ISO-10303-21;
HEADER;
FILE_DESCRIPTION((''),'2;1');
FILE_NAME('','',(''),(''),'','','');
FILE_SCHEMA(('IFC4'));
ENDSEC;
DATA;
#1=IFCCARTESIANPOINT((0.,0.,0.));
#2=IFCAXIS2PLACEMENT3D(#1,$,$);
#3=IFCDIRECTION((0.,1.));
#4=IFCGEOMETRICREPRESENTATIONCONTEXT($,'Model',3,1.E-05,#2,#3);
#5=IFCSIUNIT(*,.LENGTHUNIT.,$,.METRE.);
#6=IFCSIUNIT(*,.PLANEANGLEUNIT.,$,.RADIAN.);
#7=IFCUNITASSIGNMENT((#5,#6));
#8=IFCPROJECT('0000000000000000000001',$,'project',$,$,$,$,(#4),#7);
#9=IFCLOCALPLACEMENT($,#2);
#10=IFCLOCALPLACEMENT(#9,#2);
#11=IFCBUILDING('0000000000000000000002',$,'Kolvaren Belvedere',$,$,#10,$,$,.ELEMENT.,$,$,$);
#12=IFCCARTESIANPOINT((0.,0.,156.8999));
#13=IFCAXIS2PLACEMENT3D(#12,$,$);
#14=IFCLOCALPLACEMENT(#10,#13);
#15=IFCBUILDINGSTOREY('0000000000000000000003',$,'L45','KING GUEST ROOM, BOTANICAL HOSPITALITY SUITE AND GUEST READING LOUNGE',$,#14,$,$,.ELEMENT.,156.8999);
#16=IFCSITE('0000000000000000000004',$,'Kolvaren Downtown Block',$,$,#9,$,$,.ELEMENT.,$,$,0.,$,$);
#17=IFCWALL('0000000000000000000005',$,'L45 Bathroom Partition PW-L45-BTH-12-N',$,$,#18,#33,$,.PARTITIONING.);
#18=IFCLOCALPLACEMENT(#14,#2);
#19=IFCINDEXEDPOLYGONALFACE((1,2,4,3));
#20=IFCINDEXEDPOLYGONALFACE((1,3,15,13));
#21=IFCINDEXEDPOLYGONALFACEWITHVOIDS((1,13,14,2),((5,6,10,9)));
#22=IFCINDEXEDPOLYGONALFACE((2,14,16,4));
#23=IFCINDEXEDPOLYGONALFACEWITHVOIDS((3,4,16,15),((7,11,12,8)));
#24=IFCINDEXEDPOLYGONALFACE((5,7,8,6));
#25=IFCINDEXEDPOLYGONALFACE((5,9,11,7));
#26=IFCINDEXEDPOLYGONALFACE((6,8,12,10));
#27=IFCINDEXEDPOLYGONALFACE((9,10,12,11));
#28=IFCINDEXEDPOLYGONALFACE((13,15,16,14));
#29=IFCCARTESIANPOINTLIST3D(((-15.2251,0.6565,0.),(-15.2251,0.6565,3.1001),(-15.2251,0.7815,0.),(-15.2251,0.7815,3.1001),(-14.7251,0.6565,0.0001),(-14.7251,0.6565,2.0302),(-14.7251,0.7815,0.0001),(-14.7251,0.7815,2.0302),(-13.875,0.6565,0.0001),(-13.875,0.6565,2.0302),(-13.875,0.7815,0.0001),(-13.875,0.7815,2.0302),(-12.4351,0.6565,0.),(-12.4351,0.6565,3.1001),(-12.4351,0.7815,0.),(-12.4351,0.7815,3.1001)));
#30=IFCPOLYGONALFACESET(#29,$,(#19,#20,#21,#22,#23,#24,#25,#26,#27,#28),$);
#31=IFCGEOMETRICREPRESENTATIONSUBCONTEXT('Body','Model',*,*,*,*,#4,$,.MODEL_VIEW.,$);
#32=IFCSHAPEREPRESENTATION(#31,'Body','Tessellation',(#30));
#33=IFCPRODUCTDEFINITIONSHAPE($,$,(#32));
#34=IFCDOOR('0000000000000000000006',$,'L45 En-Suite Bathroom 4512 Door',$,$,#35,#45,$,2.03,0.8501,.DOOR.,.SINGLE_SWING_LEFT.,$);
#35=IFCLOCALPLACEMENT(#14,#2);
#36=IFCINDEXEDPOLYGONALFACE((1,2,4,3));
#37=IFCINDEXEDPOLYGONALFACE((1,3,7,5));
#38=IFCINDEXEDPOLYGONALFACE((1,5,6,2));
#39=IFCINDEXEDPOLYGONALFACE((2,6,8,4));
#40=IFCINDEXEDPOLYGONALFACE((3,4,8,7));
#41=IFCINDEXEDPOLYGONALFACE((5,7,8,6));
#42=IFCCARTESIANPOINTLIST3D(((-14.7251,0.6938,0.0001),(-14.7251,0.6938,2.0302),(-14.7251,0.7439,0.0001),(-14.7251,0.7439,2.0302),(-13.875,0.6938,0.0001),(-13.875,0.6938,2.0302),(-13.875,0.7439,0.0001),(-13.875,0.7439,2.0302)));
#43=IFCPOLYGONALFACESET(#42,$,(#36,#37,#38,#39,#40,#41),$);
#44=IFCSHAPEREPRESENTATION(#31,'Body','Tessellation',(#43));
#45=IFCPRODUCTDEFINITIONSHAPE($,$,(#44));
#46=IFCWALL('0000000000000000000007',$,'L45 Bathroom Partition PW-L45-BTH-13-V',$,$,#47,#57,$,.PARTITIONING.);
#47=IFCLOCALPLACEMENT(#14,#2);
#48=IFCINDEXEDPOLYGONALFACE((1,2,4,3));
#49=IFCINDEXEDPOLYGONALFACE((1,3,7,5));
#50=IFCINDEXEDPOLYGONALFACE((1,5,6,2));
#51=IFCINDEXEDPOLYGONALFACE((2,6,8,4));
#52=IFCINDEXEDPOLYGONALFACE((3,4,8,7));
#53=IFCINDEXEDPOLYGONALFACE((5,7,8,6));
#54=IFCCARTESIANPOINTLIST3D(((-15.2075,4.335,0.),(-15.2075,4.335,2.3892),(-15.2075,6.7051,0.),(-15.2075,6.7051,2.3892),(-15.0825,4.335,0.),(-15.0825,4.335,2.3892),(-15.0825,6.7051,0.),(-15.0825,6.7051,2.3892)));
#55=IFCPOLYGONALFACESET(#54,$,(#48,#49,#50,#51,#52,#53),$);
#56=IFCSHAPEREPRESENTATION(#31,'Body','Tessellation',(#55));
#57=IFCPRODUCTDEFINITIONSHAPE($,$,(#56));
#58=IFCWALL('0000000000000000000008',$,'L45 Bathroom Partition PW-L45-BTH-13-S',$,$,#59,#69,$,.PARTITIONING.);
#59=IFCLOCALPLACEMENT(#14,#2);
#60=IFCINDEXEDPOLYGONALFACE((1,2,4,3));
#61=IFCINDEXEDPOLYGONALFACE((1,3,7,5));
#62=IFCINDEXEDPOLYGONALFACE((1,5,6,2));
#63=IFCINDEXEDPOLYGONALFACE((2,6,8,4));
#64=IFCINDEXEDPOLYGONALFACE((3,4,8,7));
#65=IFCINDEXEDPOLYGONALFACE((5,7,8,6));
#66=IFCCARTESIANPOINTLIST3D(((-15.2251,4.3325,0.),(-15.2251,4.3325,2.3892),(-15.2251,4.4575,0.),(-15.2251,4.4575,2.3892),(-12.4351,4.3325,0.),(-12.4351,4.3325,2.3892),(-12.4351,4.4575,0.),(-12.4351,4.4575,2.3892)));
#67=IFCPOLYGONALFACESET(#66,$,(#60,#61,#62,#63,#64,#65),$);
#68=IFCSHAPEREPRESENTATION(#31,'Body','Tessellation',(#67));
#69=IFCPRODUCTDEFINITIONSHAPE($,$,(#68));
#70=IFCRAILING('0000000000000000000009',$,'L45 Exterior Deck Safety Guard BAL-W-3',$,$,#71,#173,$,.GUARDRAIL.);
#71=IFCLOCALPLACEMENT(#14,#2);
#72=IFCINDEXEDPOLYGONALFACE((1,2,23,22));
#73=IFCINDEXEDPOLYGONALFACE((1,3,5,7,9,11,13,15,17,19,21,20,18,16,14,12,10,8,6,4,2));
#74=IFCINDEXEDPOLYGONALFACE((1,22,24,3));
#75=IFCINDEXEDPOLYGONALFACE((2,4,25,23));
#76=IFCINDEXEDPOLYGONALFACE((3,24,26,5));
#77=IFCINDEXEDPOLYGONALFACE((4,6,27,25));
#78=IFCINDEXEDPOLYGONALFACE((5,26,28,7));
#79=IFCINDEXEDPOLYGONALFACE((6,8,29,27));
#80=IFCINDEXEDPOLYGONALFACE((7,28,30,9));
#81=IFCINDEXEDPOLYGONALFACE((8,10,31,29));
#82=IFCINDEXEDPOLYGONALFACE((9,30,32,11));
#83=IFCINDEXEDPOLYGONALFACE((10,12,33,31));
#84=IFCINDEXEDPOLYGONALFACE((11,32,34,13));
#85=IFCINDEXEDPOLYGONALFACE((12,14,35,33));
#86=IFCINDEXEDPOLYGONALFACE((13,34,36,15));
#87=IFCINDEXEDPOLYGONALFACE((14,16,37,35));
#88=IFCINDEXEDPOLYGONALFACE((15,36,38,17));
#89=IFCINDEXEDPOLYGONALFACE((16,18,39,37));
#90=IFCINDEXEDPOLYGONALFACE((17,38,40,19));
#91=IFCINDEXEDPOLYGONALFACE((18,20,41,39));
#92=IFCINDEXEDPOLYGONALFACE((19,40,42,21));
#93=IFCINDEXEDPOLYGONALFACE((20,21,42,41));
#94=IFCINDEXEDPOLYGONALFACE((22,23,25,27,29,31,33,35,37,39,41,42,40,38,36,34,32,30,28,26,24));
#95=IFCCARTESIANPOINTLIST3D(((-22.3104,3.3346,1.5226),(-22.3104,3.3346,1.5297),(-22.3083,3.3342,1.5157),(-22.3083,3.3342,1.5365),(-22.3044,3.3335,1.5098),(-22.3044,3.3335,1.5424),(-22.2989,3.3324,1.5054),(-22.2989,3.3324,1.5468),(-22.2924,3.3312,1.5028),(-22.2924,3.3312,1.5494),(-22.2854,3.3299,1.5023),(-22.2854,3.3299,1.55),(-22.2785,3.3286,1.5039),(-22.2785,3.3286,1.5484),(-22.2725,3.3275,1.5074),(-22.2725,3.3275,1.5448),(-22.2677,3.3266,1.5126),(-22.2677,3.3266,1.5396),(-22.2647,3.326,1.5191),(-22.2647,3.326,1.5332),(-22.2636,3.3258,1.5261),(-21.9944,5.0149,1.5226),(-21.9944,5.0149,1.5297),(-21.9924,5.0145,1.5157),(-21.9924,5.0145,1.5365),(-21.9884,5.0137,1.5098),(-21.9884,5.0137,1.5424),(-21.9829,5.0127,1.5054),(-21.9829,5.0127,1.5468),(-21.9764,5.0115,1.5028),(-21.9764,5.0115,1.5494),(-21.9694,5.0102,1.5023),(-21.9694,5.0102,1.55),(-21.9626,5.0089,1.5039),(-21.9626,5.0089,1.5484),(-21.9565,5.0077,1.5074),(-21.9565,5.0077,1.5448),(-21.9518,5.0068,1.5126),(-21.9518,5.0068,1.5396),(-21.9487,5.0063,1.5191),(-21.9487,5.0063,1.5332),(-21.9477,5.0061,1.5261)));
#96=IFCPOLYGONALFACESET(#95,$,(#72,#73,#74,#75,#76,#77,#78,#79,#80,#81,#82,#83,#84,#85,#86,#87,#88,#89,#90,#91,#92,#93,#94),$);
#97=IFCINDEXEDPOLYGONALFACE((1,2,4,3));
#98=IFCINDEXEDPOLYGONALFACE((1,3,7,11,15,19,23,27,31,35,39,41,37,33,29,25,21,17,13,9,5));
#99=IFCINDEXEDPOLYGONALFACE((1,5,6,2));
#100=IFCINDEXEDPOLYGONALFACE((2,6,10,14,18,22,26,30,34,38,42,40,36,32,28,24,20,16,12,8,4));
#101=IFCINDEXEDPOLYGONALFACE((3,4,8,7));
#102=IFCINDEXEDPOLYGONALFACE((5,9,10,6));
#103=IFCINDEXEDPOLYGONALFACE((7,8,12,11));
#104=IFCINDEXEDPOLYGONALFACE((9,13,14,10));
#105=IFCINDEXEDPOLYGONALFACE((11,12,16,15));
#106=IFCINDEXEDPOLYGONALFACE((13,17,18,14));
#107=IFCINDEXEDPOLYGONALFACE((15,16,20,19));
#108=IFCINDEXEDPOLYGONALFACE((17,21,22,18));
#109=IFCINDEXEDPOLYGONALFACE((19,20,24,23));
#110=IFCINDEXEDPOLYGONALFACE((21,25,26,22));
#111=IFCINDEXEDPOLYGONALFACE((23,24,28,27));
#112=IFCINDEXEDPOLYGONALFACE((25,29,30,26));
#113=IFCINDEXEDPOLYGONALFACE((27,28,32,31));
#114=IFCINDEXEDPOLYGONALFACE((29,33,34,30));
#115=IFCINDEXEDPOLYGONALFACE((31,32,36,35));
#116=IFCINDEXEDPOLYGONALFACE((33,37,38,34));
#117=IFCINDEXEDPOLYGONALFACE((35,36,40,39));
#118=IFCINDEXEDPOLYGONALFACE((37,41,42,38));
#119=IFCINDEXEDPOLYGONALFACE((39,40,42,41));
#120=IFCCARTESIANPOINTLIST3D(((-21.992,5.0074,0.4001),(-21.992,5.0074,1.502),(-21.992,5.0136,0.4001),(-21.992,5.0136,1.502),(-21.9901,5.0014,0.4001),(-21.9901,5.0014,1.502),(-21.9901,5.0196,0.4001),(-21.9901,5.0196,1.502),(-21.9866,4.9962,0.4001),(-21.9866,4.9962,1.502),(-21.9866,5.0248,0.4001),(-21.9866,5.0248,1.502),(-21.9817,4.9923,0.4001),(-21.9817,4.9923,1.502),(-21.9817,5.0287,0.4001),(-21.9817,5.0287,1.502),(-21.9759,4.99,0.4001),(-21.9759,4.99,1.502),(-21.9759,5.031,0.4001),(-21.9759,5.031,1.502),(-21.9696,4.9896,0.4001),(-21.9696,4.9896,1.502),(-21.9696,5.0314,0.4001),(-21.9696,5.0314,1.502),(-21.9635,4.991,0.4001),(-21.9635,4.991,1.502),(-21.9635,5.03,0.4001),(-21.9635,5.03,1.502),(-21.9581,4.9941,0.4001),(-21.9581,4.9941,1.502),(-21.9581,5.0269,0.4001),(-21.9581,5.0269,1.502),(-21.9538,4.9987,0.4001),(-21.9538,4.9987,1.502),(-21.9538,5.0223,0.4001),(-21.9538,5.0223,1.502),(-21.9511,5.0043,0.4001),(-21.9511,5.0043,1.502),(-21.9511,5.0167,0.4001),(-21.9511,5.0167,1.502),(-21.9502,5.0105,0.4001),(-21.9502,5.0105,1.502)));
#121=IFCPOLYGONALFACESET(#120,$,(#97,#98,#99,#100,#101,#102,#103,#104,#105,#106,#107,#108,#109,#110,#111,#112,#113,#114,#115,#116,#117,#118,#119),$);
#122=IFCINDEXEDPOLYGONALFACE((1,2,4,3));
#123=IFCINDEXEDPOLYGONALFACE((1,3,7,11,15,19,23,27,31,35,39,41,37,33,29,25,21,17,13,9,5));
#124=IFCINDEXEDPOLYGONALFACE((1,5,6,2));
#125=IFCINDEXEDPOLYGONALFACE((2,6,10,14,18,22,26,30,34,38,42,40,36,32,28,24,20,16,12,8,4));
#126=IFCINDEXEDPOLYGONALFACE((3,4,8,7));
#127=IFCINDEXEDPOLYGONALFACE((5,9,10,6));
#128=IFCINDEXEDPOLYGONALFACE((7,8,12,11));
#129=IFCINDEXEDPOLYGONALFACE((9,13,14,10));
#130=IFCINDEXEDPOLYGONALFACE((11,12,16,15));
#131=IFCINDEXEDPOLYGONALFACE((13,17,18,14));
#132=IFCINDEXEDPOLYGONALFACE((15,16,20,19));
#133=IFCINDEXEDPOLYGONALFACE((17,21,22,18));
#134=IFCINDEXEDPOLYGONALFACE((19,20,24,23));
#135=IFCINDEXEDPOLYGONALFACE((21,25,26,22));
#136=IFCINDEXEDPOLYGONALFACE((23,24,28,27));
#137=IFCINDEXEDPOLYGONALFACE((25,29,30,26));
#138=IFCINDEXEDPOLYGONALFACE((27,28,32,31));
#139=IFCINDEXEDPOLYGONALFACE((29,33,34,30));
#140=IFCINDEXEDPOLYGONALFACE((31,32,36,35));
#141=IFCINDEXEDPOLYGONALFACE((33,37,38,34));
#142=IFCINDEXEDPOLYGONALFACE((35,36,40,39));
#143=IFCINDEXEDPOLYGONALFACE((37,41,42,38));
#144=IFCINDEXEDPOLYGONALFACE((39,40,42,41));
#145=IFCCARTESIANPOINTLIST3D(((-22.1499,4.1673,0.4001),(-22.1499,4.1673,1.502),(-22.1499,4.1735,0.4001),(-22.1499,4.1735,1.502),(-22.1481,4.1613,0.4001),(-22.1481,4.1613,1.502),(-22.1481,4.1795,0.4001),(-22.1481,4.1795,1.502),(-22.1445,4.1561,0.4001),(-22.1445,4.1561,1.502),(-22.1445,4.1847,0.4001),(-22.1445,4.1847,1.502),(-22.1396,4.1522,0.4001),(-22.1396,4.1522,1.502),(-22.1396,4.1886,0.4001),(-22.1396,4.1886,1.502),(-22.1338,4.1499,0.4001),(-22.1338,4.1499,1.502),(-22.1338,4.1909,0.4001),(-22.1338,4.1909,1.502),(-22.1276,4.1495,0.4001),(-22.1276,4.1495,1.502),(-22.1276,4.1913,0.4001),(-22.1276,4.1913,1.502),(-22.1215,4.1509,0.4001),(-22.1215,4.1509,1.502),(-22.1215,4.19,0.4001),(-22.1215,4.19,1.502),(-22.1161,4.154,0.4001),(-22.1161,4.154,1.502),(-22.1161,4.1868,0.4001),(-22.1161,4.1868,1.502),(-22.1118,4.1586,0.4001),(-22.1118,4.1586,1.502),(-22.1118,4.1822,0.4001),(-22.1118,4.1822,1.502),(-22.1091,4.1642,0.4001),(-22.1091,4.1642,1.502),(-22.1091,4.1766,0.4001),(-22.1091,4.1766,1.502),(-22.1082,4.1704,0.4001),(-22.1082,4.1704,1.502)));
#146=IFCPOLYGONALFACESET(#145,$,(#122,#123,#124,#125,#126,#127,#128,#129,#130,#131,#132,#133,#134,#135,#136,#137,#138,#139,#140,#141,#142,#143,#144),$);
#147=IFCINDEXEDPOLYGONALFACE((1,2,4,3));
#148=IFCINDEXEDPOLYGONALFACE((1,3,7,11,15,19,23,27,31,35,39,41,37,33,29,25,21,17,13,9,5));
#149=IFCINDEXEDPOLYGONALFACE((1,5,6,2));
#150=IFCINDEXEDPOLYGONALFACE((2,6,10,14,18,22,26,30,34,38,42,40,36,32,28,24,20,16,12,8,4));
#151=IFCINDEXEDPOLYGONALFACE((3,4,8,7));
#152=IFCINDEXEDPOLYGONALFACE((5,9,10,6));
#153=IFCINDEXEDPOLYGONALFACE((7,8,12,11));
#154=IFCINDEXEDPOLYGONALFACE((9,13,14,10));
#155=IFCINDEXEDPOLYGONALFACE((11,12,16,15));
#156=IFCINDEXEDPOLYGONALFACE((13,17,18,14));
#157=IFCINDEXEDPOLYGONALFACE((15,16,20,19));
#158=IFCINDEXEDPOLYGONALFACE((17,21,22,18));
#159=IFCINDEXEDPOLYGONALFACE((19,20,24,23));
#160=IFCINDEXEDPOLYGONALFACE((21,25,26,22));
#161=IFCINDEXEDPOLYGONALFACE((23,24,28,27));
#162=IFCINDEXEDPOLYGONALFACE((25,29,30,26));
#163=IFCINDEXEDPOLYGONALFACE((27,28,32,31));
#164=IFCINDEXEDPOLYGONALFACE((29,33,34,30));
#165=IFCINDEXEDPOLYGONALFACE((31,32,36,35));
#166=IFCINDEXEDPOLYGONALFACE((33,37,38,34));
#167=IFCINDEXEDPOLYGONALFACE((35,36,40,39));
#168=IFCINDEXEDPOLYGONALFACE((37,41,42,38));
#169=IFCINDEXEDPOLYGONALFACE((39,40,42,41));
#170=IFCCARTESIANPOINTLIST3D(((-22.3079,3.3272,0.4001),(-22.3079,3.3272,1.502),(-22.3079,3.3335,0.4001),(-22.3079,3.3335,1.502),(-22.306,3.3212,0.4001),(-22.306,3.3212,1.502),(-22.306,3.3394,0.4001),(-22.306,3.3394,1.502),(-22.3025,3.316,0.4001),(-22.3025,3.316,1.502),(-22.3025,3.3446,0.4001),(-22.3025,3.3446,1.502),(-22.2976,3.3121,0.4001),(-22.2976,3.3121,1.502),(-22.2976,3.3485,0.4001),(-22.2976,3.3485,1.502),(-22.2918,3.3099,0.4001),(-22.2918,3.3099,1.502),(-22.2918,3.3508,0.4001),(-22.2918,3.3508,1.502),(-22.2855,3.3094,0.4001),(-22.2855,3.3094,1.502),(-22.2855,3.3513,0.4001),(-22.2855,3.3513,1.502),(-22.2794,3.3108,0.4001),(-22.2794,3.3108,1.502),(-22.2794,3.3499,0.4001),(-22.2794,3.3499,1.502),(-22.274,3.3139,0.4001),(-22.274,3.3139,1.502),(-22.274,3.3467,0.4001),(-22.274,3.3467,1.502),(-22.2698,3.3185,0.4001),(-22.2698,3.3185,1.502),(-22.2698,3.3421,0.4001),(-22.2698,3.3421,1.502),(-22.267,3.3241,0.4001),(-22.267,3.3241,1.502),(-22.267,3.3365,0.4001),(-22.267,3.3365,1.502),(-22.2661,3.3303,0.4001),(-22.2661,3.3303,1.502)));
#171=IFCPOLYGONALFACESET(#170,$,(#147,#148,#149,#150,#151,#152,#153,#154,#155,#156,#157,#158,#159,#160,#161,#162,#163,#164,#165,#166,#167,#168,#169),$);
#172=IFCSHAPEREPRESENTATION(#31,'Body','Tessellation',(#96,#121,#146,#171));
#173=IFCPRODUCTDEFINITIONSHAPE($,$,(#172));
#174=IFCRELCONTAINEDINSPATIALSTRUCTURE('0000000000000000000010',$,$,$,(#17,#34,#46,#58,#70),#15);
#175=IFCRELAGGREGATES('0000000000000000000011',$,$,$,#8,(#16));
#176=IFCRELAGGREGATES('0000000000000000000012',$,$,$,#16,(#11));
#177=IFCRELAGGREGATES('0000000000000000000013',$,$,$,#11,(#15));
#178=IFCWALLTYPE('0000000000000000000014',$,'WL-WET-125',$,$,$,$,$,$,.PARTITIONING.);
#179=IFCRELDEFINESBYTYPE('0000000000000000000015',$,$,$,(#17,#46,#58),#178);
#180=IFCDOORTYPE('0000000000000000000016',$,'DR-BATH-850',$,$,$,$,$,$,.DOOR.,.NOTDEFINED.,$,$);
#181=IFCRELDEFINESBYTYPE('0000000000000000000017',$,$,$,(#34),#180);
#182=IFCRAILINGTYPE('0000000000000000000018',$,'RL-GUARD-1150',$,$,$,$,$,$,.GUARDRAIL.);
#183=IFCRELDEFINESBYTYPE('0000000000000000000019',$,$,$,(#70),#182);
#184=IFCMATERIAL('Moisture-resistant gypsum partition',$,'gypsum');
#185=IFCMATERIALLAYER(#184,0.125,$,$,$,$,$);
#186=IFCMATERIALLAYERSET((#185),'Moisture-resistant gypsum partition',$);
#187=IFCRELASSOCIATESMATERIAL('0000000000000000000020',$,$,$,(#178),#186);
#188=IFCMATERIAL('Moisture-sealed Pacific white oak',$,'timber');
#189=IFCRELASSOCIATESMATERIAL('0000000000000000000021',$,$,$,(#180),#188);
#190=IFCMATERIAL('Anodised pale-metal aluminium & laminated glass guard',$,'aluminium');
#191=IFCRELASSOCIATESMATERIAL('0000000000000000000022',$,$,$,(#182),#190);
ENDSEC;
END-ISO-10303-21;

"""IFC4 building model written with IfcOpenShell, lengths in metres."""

from ifc_helpers import new_model, si_unit, direction, frame, frame_2d, origin, origin_2d, place, context, subcontext, project, spatial, rectangle, circle, extrude, material, layer, layer_set, type_object, element, fill, save


model = new_model("IFC4")

# Units and contexts
model_context = context("Model", 3, precision=1e-05, world=origin(), true_north=direction((0.0, 1.0)))
body_context = subcontext(model_context, "Body", "Model", "MODEL_VIEW")
ifc_project = project(units=[si_unit("LENGTHUNIT", "METRE"), si_unit("PLANEANGLEUNIT", "RADIAN")], contexts=[model_context])

# Site, building, storey
site_placement = place(None, origin())
site = spatial("IfcSite", under=ifc_project, at=site_placement, Name="Kolvaren Downtown Block", CompositionType="ELEMENT", RefElevation=0.0)
building_placement = place(site_placement, origin())
building = spatial("IfcBuilding", under=site, at=building_placement, Name="Kolvaren Belvedere", CompositionType="ELEMENT")
storey_placement = place(building_placement, frame((0.0, 0.0, 156.8999)))
storey = spatial("IfcBuildingStorey", under=building, at=storey_placement, Name="L45", Description="KING GUEST ROOM, BOTANICAL HOSPITALITY SUITE AND GUEST READING LOUNGE", CompositionType="ELEMENT", Elevation=156.8999)

# Wall, opening, door
ifc_material_1 = material(Name="Moisture-resistant gypsum partition", Category="gypsum")
ifc_layer_1 = layer(ifc_material_1, 0.125)
ifc_layer_set_1 = layer_set([ifc_layer_1], Name="Moisture-resistant gypsum partition")
wall_type_1 = type_object("IfcWallType", Name="WL-WET-125", PredefinedType="PARTITIONING", material=ifc_layer_set_1)
wall_1_placement = place(storey_placement, frame((-15.2251, 0.719, 0.0), z_axis=(0.0, 0.0, 1.0), x_axis=(1.0, 0.0, 0.0)))
wall_1 = element("IfcWall", 1, at=wall_1_placement, inside=storey, type_object=wall_type_1, Name="L45 Bathroom Partition PW-L45-BTH-12-N", PredefinedType="PARTITIONING", context=body_context, shape_type="SweptSolid", body=[
    extrude(rectangle(XDim=2.79, YDim=0.125, at=frame_2d((1.395, 0.0))), origin(), (0.0, 0.0, 1.0), 3.1001),
])
opening_placement = place(wall_1_placement, frame((0.5, 0.0, 0.0)))
opening = element("IfcOpeningElement", 2, at=opening_placement, cuts=wall_1, PredefinedType="OPENING", context=body_context, shape_type="SweptSolid", body=[
    extrude(rectangle(XDim=0.8501, YDim=2.03, at=frame_2d((0.425, 1.0151))), frame((0.0, 0.0725, 0.0), z_axis=(0.0, -1.0, 0.0), x_axis=(1.0, 0.0, 0.0)), (0.0, 0.0, 1.0), 0.145),
])
ifc_material_2 = material(Name="Moisture-sealed Pacific white oak", Category="timber")
door_type = type_object("IfcDoorType", Name="DR-BATH-850", OperationType="NOTDEFINED", PredefinedType="DOOR", material=ifc_material_2)
door_placement = place(opening_placement, origin())
door = element("IfcDoor", 3, at=door_placement, inside=storey, type_object=door_type, Name="L45 En-Suite Bathroom 4512 Door", OperationType="SINGLE_SWING_LEFT", OverallHeight=2.03, OverallWidth=0.8501, PredefinedType="DOOR", context=body_context, shape_type="SweptSolid", body=[
    extrude(rectangle(XDim=0.8501, YDim=2.03, at=frame_2d((0.425, 1.0151))), frame((0.0, 0.0249, 0.0), z_axis=(0.0, -1.0, 0.0), x_axis=(1.0, 0.0, 0.0)), (0.0, 0.0, 1.0), 0.05),
])
fill(opening, door)

# Walls
wall_2_placement = place(storey_placement, frame((-15.145, 4.335, 0.0), z_axis=(0.0, 0.0, 1.0), x_axis=(0.0, 1.0, 0.0)))
element("IfcWall", 4, at=wall_2_placement, inside=storey, type_object=wall_type_1, Name="L45 Bathroom Partition PW-L45-BTH-13-V", PredefinedType="PARTITIONING", context=body_context, shape_type="SweptSolid", body=[
    extrude(rectangle(XDim=2.3701, YDim=0.125, at=frame_2d((1.1851, 0.0))), origin(), (0.0, 0.0, 1.0), 2.3892),
])
wall_3_placement = place(storey_placement, frame((-15.2251, 4.395, 0.0), z_axis=(0.0, 0.0, 1.0), x_axis=(1.0, 0.0, 0.0)))
element("IfcWall", 5, at=wall_3_placement, inside=storey, type_object=wall_type_1, Name="L45 Bathroom Partition PW-L45-BTH-13-S", PredefinedType="PARTITIONING", context=body_context, shape_type="SweptSolid", body=[
    extrude(rectangle(XDim=2.79, YDim=0.125, at=frame_2d((1.395, 0.0))), origin(), (0.0, 0.0, 1.0), 2.3892),
])

# Railing
ifc_material_3 = material(Name="Anodised pale-metal aluminium & laminated glass guard", Category="aluminium")
railing_type = type_object("IfcRailingType", Name="RL-GUARD-1150", PredefinedType="GUARDRAIL", material=ifc_material_3)
railing_1_placement = place(storey_placement, frame((-21.9712, 5.0105, 0.4001)))
element("IfcRailing", 6, at=railing_1_placement, inside=storey, type_object=railing_type, Name="L45 Exterior Deck Safety Guard BAL-W-3", PredefinedType="GUARDRAIL", context=body_context, shape_type="SweptSolid", body=[
    extrude(circle(Radius=0.0239, at=origin_2d()), frame((0.0, 0.0, 1.126), z_axis=(-0.184789, -0.982778, 0.0), x_axis=(0.982778, -0.184789, 0.0)), (0.0, 0.0, 1.0), 1.7097),
    extrude(circle(Radius=0.021, at=origin_2d()), origin(), (0.0, 0.0, 1.0), 1.1018),
    extrude(circle(Radius=0.021, at=origin_2d()), frame((-0.158, -0.8401, 0.0)), (0.0, 0.0, 1.0), 1.1018),
    extrude(circle(Radius=0.021, at=origin_2d()), frame((-0.3159, -1.6802, 0.0)), (0.0, 0.0, 1.0), 1.1018),
])

save(model, "model.ifc")
